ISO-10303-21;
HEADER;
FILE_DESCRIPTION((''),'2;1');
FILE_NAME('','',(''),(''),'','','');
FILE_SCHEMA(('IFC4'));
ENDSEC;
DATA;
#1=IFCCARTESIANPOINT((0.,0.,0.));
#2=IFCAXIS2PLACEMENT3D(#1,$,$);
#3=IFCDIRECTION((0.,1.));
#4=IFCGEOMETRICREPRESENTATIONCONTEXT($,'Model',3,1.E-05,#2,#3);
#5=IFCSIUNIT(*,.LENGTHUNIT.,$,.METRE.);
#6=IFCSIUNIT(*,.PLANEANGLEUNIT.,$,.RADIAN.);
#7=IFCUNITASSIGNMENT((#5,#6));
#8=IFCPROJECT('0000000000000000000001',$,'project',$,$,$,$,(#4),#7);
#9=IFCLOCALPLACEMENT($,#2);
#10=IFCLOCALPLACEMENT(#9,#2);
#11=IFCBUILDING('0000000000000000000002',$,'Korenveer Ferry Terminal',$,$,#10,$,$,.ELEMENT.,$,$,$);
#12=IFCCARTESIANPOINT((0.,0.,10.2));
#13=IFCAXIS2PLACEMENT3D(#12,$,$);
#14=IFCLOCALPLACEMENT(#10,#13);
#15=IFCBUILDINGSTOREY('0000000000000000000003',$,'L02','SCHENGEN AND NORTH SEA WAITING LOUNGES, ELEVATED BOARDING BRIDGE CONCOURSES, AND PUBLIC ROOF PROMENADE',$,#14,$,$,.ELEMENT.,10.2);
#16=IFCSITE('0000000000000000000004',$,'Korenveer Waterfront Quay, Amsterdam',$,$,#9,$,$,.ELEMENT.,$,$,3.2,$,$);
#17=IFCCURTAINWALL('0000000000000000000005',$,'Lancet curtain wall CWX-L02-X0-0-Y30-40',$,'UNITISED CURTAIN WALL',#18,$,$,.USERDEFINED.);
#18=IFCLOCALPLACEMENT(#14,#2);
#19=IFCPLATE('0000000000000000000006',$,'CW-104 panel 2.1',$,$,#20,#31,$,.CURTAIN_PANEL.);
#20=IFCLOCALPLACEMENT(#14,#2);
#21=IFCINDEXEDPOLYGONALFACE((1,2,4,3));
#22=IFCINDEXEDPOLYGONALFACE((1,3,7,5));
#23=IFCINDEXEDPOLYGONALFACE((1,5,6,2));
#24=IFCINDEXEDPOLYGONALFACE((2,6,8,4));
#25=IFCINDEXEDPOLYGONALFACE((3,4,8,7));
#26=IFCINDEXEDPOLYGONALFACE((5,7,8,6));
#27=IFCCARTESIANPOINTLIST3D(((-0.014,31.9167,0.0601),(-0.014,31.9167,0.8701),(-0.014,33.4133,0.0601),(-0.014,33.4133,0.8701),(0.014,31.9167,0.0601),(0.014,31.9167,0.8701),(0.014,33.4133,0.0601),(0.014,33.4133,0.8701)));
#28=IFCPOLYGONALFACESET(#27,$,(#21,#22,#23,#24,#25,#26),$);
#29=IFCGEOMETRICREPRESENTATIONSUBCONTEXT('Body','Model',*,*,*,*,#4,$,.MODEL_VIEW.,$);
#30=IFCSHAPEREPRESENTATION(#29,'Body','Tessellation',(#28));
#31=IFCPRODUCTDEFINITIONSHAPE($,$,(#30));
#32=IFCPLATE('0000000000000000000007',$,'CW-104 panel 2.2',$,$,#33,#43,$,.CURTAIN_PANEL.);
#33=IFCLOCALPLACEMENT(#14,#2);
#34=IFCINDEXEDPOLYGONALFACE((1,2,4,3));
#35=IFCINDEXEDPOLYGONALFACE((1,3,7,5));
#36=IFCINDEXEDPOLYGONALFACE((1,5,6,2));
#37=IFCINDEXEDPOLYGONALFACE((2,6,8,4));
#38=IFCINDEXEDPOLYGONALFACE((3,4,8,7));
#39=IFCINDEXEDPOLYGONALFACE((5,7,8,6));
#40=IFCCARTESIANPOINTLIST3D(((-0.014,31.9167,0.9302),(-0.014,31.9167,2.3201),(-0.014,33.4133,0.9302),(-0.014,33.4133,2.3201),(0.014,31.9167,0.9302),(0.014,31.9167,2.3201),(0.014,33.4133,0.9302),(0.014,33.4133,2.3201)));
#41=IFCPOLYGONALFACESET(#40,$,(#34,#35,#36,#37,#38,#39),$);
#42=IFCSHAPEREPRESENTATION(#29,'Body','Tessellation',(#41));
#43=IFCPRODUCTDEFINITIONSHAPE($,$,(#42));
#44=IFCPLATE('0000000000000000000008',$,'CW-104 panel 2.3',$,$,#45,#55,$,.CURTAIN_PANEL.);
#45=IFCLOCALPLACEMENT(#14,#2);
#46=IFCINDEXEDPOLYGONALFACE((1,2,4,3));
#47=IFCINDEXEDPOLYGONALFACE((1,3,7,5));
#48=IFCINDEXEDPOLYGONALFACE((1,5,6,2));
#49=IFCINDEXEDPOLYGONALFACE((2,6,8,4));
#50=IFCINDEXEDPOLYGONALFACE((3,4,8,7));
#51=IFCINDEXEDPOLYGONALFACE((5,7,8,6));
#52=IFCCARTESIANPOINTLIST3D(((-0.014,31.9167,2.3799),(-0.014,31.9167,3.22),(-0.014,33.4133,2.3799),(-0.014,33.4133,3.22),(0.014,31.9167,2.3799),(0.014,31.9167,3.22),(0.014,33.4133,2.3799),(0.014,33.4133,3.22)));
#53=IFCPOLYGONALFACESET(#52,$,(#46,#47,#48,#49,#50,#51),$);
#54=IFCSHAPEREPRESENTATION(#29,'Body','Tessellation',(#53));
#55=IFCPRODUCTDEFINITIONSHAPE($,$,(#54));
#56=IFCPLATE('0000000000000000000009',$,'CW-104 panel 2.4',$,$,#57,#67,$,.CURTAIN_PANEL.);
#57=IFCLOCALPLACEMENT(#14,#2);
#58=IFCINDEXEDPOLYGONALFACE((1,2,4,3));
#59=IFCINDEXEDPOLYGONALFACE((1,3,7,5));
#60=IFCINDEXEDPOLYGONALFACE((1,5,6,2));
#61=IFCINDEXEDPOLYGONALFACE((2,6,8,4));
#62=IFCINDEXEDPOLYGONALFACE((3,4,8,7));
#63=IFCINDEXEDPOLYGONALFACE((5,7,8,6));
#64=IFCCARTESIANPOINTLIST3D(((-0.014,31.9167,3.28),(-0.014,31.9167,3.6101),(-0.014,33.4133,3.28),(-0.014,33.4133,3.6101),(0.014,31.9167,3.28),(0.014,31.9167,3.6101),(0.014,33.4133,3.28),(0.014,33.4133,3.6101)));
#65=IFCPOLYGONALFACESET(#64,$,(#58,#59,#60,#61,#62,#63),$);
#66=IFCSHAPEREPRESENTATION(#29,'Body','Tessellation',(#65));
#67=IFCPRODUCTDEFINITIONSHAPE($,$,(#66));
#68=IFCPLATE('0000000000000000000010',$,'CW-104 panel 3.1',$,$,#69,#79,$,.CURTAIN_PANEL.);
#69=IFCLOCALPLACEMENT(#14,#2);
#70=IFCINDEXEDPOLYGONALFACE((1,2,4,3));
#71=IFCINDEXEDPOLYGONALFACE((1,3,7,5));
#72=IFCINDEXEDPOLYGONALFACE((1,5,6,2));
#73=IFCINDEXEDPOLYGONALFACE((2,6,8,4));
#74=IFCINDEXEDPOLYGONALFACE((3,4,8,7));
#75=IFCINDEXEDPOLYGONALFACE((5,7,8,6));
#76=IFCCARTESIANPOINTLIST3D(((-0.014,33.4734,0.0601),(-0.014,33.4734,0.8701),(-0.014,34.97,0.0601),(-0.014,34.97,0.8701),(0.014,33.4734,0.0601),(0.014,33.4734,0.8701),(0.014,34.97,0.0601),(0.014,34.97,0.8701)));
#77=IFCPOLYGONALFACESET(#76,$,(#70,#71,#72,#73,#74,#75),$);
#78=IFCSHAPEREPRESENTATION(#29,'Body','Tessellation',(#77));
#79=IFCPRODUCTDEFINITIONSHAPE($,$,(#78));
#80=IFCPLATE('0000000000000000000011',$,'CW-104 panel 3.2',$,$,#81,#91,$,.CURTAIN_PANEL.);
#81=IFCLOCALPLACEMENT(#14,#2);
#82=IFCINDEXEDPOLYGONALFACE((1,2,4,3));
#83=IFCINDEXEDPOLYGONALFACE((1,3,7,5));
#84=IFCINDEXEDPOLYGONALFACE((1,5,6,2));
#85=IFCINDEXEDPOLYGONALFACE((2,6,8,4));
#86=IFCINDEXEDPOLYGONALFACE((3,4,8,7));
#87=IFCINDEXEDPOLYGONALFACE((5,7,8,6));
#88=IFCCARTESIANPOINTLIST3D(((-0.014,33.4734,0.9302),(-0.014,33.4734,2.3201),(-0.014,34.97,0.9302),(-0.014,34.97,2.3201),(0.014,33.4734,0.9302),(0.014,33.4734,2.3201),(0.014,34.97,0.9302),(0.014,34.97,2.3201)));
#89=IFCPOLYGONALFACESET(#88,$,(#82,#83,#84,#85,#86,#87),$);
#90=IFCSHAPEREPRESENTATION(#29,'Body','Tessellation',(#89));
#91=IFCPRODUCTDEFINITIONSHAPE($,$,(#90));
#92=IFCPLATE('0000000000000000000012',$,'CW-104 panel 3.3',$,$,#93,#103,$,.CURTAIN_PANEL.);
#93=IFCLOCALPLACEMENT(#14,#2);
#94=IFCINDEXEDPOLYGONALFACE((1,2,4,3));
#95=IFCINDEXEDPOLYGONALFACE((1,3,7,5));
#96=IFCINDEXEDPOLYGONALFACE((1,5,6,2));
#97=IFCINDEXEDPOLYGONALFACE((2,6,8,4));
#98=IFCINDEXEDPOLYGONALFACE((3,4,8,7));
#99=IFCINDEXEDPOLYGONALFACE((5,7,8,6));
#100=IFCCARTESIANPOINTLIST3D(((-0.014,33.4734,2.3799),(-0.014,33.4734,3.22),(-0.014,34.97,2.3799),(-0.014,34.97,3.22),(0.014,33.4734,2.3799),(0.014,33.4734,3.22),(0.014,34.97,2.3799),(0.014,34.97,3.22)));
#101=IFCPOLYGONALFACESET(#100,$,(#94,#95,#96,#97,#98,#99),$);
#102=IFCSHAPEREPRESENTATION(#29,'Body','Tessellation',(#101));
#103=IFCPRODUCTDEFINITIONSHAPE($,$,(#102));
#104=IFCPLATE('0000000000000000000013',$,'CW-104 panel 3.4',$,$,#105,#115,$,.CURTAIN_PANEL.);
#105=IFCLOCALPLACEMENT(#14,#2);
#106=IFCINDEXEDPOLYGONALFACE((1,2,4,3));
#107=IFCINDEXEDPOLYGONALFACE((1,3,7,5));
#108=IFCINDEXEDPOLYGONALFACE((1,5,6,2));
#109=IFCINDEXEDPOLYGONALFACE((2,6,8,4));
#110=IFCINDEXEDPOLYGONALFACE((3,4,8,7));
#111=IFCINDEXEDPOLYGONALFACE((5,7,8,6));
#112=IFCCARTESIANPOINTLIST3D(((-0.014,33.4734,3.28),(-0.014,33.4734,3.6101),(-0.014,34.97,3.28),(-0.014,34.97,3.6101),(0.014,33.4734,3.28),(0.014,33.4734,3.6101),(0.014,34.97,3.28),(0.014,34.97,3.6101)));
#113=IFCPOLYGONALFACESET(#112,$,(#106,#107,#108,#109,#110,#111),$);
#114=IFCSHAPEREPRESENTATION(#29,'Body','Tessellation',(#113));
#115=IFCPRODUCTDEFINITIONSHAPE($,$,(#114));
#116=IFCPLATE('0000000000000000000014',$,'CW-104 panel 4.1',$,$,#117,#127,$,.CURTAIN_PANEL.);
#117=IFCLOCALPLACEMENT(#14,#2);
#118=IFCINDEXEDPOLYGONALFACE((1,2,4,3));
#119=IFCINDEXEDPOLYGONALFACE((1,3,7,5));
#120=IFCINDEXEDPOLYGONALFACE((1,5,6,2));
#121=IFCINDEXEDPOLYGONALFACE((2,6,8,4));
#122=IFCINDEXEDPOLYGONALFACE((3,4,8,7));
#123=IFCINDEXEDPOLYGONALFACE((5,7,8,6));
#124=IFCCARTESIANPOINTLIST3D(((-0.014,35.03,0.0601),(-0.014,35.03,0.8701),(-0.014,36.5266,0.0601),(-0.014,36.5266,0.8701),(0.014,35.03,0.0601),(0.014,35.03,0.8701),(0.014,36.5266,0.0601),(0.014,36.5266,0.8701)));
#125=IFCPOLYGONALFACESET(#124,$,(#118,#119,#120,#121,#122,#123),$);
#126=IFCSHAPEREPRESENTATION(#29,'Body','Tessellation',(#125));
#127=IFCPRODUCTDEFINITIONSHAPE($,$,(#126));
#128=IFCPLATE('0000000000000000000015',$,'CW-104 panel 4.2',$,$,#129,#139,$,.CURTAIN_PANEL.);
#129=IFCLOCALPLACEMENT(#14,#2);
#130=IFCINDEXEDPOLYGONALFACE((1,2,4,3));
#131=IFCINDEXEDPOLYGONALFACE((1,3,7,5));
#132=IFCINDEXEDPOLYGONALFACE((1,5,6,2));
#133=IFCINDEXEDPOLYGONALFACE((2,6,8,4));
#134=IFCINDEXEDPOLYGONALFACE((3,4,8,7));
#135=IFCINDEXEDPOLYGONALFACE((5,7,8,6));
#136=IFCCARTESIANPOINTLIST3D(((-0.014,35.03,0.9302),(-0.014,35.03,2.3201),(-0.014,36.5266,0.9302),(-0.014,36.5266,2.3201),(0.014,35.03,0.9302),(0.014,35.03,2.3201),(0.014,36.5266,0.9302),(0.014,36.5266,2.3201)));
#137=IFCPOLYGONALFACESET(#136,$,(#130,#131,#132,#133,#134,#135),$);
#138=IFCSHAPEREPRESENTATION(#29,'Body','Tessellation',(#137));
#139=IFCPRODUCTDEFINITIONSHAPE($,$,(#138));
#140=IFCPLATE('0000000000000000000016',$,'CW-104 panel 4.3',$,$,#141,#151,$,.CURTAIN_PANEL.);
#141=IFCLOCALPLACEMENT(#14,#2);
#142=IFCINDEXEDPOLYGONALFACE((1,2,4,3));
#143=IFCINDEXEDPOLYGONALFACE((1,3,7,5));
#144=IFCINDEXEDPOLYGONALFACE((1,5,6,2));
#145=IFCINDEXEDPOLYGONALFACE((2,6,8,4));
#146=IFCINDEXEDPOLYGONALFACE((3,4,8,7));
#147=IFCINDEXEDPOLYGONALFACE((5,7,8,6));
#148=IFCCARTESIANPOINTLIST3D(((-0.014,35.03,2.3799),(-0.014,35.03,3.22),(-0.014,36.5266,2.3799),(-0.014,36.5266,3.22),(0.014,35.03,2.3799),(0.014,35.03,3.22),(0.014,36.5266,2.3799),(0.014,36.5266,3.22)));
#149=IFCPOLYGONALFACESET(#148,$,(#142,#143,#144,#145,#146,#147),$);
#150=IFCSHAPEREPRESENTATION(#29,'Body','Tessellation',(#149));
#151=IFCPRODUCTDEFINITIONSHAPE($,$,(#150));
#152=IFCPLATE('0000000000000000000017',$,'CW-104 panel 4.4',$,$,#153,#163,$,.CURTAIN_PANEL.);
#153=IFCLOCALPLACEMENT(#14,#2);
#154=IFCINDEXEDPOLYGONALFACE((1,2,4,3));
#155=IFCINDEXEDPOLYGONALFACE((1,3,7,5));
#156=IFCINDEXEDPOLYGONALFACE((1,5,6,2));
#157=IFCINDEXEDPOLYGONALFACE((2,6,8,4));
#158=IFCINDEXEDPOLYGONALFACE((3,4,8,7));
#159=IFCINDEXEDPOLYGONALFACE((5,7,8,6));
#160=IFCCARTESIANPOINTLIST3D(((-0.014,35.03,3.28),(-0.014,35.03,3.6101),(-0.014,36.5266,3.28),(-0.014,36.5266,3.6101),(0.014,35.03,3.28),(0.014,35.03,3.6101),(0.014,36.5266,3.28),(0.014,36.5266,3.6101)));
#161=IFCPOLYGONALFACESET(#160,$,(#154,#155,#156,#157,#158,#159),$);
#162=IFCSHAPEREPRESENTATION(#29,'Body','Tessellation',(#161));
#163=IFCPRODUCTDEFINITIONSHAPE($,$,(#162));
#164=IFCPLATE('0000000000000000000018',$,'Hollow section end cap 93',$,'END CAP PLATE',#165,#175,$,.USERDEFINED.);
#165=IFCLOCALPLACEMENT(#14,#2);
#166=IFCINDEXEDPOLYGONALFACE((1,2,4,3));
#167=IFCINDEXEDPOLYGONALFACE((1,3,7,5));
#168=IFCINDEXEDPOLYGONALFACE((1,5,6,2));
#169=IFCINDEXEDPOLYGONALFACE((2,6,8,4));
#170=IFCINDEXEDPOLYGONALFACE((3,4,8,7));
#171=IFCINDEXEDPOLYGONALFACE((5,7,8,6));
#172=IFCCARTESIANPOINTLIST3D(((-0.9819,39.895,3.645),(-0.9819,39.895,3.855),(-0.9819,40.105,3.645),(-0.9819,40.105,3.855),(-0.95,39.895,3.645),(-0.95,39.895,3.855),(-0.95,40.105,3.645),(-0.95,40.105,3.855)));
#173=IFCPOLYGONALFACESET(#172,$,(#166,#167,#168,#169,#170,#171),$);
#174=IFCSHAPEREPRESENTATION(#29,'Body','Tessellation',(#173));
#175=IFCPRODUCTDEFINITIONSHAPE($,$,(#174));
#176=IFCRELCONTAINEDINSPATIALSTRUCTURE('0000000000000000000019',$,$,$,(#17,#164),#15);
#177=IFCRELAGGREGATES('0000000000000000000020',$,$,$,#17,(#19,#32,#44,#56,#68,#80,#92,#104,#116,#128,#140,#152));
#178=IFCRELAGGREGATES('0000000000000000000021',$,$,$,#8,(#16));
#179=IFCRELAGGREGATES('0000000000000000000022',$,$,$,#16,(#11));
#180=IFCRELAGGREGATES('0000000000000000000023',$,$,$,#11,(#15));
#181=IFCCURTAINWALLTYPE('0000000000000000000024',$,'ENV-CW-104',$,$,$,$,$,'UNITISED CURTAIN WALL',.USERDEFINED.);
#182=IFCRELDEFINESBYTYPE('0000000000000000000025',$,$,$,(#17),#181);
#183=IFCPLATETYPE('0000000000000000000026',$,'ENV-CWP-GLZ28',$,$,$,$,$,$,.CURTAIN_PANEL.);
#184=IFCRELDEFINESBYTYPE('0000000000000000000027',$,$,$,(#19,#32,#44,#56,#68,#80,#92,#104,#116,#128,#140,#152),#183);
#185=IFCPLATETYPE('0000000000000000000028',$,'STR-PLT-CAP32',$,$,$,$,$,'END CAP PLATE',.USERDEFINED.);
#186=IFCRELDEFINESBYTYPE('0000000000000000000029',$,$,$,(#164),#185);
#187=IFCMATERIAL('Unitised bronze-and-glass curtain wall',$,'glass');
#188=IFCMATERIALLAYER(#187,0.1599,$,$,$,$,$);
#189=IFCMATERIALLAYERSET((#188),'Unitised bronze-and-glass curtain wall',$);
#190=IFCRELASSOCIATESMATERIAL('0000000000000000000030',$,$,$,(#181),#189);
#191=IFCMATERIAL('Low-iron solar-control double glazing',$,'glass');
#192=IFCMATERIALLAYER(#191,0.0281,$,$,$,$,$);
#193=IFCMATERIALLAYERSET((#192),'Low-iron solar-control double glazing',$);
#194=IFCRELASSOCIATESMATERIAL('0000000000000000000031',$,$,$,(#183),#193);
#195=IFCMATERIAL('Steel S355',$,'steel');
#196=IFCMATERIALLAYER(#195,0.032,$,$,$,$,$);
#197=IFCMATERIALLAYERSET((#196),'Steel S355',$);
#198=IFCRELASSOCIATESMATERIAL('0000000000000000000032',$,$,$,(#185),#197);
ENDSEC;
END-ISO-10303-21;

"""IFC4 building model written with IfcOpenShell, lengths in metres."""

from ifc_helpers import new_model, si_unit, direction, frame, origin, origin_2d, place, context, subcontext, project, spatial, rectangle, extrude, material, layer, layer_set, type_object, element, aggregate, save


model = new_model("IFC4")

# Units and contexts
model_context = context("Model", 3, precision=1e-05, world=origin(), true_north=direction((0.0, 1.0)))
body_context = subcontext(model_context, "Body", "Model", "MODEL_VIEW")
ifc_project = project(units=[si_unit("LENGTHUNIT", "METRE"), si_unit("PLANEANGLEUNIT", "RADIAN")], contexts=[model_context])

# Site, building, storey
site_placement = place(None, origin())
site = spatial("IfcSite", under=ifc_project, at=site_placement, Name="Korenveer Waterfront Quay, Amsterdam", CompositionType="ELEMENT", RefElevation=3.2)
building_placement = place(site_placement, origin())
building = spatial("IfcBuilding", under=site, at=building_placement, Name="Korenveer Ferry Terminal", CompositionType="ELEMENT")
storey_placement = place(building_placement, frame((0.0, 0.0, 10.2)))
storey = spatial("IfcBuildingStorey", under=building, at=storey_placement, Name="L02", Description="SCHENGEN AND NORTH SEA WAITING LOUNGES, ELEVATED BOARDING BRIDGE CONCOURSES, AND PUBLIC ROOF PROMENADE", CompositionType="ELEMENT", Elevation=10.2)

# Shared definitions
ifc_material_1 = material(Name="Steel S355", Category="steel")

# Curtain wall
ifc_material_2 = material(Name="Unitised bronze-and-glass curtain wall", Category="glass")
ifc_layer_1 = layer(ifc_material_2, 0.1599)
ifc_layer_set_1 = layer_set([ifc_layer_1], Name="Unitised bronze-and-glass curtain wall")
curtain_wall_type = type_object("IfcCurtainWallType", Name="ENV-CW-104", ElementType="UNITISED CURTAIN WALL", PredefinedType="USERDEFINED", material=ifc_layer_set_1)
curtain_wall_placement = place(storey_placement, frame((0.0, 30.3301, 0.0)))
curtain_wall = element("IfcCurtainWall", 1, at=curtain_wall_placement, inside=storey, type_object=curtain_wall_type, Name="Lancet curtain wall CWX-L02-X0-0-Y30-40", ObjectType="UNITISED CURTAIN WALL", PredefinedType="USERDEFINED")

# Plates
ifc_material_3 = material(Name="Low-iron solar-control double glazing", Category="glass")
ifc_layer_2 = layer(ifc_material_3, 0.0281)
ifc_layer_set_2 = layer_set([ifc_layer_2], Name="Low-iron solar-control double glazing")
plate_type_1 = type_object("IfcPlateType", Name="ENV-CWP-GLZ28", PredefinedType="CURTAIN_PANEL", material=ifc_layer_set_2)
plate_1_placement = place(storey_placement, frame((0.0, 32.665, 0.0601), z_axis=(0.0, 0.0, 1.0), x_axis=(0.0, 1.0, 0.0)))
plate_1 = element("IfcPlate", 2, at=plate_1_placement, type_object=plate_type_1, Name="CW-104 panel 2.1", PredefinedType="CURTAIN_PANEL", context=body_context, shape_type="SweptSolid", body=[
    extrude(rectangle(XDim=1.4966, YDim=0.0281, at=origin_2d()), origin(), (0.0, 0.0, 1.0), 0.8101),
])
plate_2_placement = place(storey_placement, frame((0.0, 32.665, 0.9302), z_axis=(0.0, 0.0, 1.0), x_axis=(0.0, 1.0, 0.0)))
plate_2 = element("IfcPlate", 3, at=plate_2_placement, type_object=plate_type_1, Name="CW-104 panel 2.2", PredefinedType="CURTAIN_PANEL", context=body_context, shape_type="SweptSolid", body=[
    extrude(rectangle(XDim=1.4966, YDim=0.0281, at=origin_2d()), origin(), (0.0, 0.0, 1.0), 1.3899),
])
plate_3_placement = place(storey_placement, frame((0.0, 32.665, 2.3799), z_axis=(0.0, 0.0, 1.0), x_axis=(0.0, 1.0, 0.0)))
plate_3 = element("IfcPlate", 4, at=plate_3_placement, type_object=plate_type_1, Name="CW-104 panel 2.3", PredefinedType="CURTAIN_PANEL", context=body_context, shape_type="SweptSolid", body=[
    extrude(rectangle(XDim=1.4966, YDim=0.0281, at=origin_2d()), origin(), (0.0, 0.0, 1.0), 0.8401),
])
plate_4_placement = place(storey_placement, frame((0.0, 32.665, 3.28), z_axis=(0.0, 0.0, 1.0), x_axis=(0.0, 1.0, 0.0)))
plate_4 = element("IfcPlate", 5, at=plate_4_placement, type_object=plate_type_1, Name="CW-104 panel 2.4", PredefinedType="CURTAIN_PANEL", context=body_context, shape_type="SweptSolid", body=[
    extrude(rectangle(XDim=1.4966, YDim=0.0281, at=origin_2d()), origin(), (0.0, 0.0, 1.0), 0.3301),
])
plate_5_placement = place(storey_placement, frame((0.0, 34.2217, 0.0601), z_axis=(0.0, 0.0, 1.0), x_axis=(0.0, 1.0, 0.0)))
plate_5 = element("IfcPlate", 6, at=plate_5_placement, type_object=plate_type_1, Name="CW-104 panel 3.1", PredefinedType="CURTAIN_PANEL", context=body_context, shape_type="SweptSolid", body=[
    extrude(rectangle(XDim=1.4966, YDim=0.0281, at=origin_2d()), origin(), (0.0, 0.0, 1.0), 0.8101),
])
plate_6_placement = place(storey_placement, frame((0.0, 34.2217, 0.9302), z_axis=(0.0, 0.0, 1.0), x_axis=(0.0, 1.0, 0.0)))
plate_6 = element("IfcPlate", 7, at=plate_6_placement, type_object=plate_type_1, Name="CW-104 panel 3.2", PredefinedType="CURTAIN_PANEL", context=body_context, shape_type="SweptSolid", body=[
    extrude(rectangle(XDim=1.4966, YDim=0.0281, at=origin_2d()), origin(), (0.0, 0.0, 1.0), 1.3899),
])
plate_7_placement = place(storey_placement, frame((0.0, 34.2217, 2.3799), z_axis=(0.0, 0.0, 1.0), x_axis=(0.0, 1.0, 0.0)))
plate_7 = element("IfcPlate", 8, at=plate_7_placement, type_object=plate_type_1, Name="CW-104 panel 3.3", PredefinedType="CURTAIN_PANEL", context=body_context, shape_type="SweptSolid", body=[
    extrude(rectangle(XDim=1.4966, YDim=0.0281, at=origin_2d()), origin(), (0.0, 0.0, 1.0), 0.8401),
])
plate_8_placement = place(storey_placement, frame((0.0, 34.2217, 3.28), z_axis=(0.0, 0.0, 1.0), x_axis=(0.0, 1.0, 0.0)))
plate_8 = element("IfcPlate", 9, at=plate_8_placement, type_object=plate_type_1, Name="CW-104 panel 3.4", PredefinedType="CURTAIN_PANEL", context=body_context, shape_type="SweptSolid", body=[
    extrude(rectangle(XDim=1.4966, YDim=0.0281, at=origin_2d()), origin(), (0.0, 0.0, 1.0), 0.3301),
])
plate_9_placement = place(storey_placement, frame((0.0, 35.7783, 0.0601), z_axis=(0.0, 0.0, 1.0), x_axis=(0.0, 1.0, 0.0)))
plate_9 = element("IfcPlate", 10, at=plate_9_placement, type_object=plate_type_1, Name="CW-104 panel 4.1", PredefinedType="CURTAIN_PANEL", context=body_context, shape_type="SweptSolid", body=[
    extrude(rectangle(XDim=1.4966, YDim=0.0281, at=origin_2d()), origin(), (0.0, 0.0, 1.0), 0.8101),
])
plate_10_placement = place(storey_placement, frame((0.0, 35.7783, 0.9302), z_axis=(0.0, 0.0, 1.0), x_axis=(0.0, 1.0, 0.0)))
plate_10 = element("IfcPlate", 11, at=plate_10_placement, type_object=plate_type_1, Name="CW-104 panel 4.2", PredefinedType="CURTAIN_PANEL", context=body_context, shape_type="SweptSolid", body=[
    extrude(rectangle(XDim=1.4966, YDim=0.0281, at=origin_2d()), origin(), (0.0, 0.0, 1.0), 1.3899),
])
plate_11_placement = place(storey_placement, frame((0.0, 35.7783, 2.3799), z_axis=(0.0, 0.0, 1.0), x_axis=(0.0, 1.0, 0.0)))
plate_11 = element("IfcPlate", 12, at=plate_11_placement, type_object=plate_type_1, Name="CW-104 panel 4.3", PredefinedType="CURTAIN_PANEL", context=body_context, shape_type="SweptSolid", body=[
    extrude(rectangle(XDim=1.4966, YDim=0.0281, at=origin_2d()), origin(), (0.0, 0.0, 1.0), 0.8401),
])
plate_12_placement = place(storey_placement, frame((0.0, 35.7783, 3.28), z_axis=(0.0, 0.0, 1.0), x_axis=(0.0, 1.0, 0.0)))
plate_12 = element("IfcPlate", 13, at=plate_12_placement, type_object=plate_type_1, Name="CW-104 panel 4.4", PredefinedType="CURTAIN_PANEL", context=body_context, shape_type="SweptSolid", body=[
    extrude(rectangle(XDim=1.4966, YDim=0.0281, at=origin_2d()), origin(), (0.0, 0.0, 1.0), 0.3301),
])
aggregate(curtain_wall, [plate_1, plate_2, plate_3, plate_4, plate_5, plate_6, plate_7, plate_8, plate_9, plate_10, plate_11, plate_12])
ifc_layer_3 = layer(ifc_material_1, 0.032)
ifc_layer_set_3 = layer_set([ifc_layer_3], Name="Steel S355")
plate_type_2 = type_object("IfcPlateType", Name="STR-PLT-CAP32", ElementType="END CAP PLATE", PredefinedType="USERDEFINED", material=ifc_layer_set_3)
plate_13_placement = place(storey_placement, frame((-0.9819, 40.0, 3.75), z_axis=(1.0, 0.0, 0.0), x_axis=(0.0, 1.0, 0.0)))
element("IfcPlate", 14, at=plate_13_placement, inside=storey, type_object=plate_type_2, Name="Hollow section end cap 93", ObjectType="END CAP PLATE", PredefinedType="USERDEFINED", context=body_context, shape_type="SweptSolid", body=[
    extrude(rectangle(XDim=0.21, YDim=0.21, at=origin_2d()), origin(), (0.0, 0.0, 1.0), 0.032),
])

save(model, "model.ifc")
